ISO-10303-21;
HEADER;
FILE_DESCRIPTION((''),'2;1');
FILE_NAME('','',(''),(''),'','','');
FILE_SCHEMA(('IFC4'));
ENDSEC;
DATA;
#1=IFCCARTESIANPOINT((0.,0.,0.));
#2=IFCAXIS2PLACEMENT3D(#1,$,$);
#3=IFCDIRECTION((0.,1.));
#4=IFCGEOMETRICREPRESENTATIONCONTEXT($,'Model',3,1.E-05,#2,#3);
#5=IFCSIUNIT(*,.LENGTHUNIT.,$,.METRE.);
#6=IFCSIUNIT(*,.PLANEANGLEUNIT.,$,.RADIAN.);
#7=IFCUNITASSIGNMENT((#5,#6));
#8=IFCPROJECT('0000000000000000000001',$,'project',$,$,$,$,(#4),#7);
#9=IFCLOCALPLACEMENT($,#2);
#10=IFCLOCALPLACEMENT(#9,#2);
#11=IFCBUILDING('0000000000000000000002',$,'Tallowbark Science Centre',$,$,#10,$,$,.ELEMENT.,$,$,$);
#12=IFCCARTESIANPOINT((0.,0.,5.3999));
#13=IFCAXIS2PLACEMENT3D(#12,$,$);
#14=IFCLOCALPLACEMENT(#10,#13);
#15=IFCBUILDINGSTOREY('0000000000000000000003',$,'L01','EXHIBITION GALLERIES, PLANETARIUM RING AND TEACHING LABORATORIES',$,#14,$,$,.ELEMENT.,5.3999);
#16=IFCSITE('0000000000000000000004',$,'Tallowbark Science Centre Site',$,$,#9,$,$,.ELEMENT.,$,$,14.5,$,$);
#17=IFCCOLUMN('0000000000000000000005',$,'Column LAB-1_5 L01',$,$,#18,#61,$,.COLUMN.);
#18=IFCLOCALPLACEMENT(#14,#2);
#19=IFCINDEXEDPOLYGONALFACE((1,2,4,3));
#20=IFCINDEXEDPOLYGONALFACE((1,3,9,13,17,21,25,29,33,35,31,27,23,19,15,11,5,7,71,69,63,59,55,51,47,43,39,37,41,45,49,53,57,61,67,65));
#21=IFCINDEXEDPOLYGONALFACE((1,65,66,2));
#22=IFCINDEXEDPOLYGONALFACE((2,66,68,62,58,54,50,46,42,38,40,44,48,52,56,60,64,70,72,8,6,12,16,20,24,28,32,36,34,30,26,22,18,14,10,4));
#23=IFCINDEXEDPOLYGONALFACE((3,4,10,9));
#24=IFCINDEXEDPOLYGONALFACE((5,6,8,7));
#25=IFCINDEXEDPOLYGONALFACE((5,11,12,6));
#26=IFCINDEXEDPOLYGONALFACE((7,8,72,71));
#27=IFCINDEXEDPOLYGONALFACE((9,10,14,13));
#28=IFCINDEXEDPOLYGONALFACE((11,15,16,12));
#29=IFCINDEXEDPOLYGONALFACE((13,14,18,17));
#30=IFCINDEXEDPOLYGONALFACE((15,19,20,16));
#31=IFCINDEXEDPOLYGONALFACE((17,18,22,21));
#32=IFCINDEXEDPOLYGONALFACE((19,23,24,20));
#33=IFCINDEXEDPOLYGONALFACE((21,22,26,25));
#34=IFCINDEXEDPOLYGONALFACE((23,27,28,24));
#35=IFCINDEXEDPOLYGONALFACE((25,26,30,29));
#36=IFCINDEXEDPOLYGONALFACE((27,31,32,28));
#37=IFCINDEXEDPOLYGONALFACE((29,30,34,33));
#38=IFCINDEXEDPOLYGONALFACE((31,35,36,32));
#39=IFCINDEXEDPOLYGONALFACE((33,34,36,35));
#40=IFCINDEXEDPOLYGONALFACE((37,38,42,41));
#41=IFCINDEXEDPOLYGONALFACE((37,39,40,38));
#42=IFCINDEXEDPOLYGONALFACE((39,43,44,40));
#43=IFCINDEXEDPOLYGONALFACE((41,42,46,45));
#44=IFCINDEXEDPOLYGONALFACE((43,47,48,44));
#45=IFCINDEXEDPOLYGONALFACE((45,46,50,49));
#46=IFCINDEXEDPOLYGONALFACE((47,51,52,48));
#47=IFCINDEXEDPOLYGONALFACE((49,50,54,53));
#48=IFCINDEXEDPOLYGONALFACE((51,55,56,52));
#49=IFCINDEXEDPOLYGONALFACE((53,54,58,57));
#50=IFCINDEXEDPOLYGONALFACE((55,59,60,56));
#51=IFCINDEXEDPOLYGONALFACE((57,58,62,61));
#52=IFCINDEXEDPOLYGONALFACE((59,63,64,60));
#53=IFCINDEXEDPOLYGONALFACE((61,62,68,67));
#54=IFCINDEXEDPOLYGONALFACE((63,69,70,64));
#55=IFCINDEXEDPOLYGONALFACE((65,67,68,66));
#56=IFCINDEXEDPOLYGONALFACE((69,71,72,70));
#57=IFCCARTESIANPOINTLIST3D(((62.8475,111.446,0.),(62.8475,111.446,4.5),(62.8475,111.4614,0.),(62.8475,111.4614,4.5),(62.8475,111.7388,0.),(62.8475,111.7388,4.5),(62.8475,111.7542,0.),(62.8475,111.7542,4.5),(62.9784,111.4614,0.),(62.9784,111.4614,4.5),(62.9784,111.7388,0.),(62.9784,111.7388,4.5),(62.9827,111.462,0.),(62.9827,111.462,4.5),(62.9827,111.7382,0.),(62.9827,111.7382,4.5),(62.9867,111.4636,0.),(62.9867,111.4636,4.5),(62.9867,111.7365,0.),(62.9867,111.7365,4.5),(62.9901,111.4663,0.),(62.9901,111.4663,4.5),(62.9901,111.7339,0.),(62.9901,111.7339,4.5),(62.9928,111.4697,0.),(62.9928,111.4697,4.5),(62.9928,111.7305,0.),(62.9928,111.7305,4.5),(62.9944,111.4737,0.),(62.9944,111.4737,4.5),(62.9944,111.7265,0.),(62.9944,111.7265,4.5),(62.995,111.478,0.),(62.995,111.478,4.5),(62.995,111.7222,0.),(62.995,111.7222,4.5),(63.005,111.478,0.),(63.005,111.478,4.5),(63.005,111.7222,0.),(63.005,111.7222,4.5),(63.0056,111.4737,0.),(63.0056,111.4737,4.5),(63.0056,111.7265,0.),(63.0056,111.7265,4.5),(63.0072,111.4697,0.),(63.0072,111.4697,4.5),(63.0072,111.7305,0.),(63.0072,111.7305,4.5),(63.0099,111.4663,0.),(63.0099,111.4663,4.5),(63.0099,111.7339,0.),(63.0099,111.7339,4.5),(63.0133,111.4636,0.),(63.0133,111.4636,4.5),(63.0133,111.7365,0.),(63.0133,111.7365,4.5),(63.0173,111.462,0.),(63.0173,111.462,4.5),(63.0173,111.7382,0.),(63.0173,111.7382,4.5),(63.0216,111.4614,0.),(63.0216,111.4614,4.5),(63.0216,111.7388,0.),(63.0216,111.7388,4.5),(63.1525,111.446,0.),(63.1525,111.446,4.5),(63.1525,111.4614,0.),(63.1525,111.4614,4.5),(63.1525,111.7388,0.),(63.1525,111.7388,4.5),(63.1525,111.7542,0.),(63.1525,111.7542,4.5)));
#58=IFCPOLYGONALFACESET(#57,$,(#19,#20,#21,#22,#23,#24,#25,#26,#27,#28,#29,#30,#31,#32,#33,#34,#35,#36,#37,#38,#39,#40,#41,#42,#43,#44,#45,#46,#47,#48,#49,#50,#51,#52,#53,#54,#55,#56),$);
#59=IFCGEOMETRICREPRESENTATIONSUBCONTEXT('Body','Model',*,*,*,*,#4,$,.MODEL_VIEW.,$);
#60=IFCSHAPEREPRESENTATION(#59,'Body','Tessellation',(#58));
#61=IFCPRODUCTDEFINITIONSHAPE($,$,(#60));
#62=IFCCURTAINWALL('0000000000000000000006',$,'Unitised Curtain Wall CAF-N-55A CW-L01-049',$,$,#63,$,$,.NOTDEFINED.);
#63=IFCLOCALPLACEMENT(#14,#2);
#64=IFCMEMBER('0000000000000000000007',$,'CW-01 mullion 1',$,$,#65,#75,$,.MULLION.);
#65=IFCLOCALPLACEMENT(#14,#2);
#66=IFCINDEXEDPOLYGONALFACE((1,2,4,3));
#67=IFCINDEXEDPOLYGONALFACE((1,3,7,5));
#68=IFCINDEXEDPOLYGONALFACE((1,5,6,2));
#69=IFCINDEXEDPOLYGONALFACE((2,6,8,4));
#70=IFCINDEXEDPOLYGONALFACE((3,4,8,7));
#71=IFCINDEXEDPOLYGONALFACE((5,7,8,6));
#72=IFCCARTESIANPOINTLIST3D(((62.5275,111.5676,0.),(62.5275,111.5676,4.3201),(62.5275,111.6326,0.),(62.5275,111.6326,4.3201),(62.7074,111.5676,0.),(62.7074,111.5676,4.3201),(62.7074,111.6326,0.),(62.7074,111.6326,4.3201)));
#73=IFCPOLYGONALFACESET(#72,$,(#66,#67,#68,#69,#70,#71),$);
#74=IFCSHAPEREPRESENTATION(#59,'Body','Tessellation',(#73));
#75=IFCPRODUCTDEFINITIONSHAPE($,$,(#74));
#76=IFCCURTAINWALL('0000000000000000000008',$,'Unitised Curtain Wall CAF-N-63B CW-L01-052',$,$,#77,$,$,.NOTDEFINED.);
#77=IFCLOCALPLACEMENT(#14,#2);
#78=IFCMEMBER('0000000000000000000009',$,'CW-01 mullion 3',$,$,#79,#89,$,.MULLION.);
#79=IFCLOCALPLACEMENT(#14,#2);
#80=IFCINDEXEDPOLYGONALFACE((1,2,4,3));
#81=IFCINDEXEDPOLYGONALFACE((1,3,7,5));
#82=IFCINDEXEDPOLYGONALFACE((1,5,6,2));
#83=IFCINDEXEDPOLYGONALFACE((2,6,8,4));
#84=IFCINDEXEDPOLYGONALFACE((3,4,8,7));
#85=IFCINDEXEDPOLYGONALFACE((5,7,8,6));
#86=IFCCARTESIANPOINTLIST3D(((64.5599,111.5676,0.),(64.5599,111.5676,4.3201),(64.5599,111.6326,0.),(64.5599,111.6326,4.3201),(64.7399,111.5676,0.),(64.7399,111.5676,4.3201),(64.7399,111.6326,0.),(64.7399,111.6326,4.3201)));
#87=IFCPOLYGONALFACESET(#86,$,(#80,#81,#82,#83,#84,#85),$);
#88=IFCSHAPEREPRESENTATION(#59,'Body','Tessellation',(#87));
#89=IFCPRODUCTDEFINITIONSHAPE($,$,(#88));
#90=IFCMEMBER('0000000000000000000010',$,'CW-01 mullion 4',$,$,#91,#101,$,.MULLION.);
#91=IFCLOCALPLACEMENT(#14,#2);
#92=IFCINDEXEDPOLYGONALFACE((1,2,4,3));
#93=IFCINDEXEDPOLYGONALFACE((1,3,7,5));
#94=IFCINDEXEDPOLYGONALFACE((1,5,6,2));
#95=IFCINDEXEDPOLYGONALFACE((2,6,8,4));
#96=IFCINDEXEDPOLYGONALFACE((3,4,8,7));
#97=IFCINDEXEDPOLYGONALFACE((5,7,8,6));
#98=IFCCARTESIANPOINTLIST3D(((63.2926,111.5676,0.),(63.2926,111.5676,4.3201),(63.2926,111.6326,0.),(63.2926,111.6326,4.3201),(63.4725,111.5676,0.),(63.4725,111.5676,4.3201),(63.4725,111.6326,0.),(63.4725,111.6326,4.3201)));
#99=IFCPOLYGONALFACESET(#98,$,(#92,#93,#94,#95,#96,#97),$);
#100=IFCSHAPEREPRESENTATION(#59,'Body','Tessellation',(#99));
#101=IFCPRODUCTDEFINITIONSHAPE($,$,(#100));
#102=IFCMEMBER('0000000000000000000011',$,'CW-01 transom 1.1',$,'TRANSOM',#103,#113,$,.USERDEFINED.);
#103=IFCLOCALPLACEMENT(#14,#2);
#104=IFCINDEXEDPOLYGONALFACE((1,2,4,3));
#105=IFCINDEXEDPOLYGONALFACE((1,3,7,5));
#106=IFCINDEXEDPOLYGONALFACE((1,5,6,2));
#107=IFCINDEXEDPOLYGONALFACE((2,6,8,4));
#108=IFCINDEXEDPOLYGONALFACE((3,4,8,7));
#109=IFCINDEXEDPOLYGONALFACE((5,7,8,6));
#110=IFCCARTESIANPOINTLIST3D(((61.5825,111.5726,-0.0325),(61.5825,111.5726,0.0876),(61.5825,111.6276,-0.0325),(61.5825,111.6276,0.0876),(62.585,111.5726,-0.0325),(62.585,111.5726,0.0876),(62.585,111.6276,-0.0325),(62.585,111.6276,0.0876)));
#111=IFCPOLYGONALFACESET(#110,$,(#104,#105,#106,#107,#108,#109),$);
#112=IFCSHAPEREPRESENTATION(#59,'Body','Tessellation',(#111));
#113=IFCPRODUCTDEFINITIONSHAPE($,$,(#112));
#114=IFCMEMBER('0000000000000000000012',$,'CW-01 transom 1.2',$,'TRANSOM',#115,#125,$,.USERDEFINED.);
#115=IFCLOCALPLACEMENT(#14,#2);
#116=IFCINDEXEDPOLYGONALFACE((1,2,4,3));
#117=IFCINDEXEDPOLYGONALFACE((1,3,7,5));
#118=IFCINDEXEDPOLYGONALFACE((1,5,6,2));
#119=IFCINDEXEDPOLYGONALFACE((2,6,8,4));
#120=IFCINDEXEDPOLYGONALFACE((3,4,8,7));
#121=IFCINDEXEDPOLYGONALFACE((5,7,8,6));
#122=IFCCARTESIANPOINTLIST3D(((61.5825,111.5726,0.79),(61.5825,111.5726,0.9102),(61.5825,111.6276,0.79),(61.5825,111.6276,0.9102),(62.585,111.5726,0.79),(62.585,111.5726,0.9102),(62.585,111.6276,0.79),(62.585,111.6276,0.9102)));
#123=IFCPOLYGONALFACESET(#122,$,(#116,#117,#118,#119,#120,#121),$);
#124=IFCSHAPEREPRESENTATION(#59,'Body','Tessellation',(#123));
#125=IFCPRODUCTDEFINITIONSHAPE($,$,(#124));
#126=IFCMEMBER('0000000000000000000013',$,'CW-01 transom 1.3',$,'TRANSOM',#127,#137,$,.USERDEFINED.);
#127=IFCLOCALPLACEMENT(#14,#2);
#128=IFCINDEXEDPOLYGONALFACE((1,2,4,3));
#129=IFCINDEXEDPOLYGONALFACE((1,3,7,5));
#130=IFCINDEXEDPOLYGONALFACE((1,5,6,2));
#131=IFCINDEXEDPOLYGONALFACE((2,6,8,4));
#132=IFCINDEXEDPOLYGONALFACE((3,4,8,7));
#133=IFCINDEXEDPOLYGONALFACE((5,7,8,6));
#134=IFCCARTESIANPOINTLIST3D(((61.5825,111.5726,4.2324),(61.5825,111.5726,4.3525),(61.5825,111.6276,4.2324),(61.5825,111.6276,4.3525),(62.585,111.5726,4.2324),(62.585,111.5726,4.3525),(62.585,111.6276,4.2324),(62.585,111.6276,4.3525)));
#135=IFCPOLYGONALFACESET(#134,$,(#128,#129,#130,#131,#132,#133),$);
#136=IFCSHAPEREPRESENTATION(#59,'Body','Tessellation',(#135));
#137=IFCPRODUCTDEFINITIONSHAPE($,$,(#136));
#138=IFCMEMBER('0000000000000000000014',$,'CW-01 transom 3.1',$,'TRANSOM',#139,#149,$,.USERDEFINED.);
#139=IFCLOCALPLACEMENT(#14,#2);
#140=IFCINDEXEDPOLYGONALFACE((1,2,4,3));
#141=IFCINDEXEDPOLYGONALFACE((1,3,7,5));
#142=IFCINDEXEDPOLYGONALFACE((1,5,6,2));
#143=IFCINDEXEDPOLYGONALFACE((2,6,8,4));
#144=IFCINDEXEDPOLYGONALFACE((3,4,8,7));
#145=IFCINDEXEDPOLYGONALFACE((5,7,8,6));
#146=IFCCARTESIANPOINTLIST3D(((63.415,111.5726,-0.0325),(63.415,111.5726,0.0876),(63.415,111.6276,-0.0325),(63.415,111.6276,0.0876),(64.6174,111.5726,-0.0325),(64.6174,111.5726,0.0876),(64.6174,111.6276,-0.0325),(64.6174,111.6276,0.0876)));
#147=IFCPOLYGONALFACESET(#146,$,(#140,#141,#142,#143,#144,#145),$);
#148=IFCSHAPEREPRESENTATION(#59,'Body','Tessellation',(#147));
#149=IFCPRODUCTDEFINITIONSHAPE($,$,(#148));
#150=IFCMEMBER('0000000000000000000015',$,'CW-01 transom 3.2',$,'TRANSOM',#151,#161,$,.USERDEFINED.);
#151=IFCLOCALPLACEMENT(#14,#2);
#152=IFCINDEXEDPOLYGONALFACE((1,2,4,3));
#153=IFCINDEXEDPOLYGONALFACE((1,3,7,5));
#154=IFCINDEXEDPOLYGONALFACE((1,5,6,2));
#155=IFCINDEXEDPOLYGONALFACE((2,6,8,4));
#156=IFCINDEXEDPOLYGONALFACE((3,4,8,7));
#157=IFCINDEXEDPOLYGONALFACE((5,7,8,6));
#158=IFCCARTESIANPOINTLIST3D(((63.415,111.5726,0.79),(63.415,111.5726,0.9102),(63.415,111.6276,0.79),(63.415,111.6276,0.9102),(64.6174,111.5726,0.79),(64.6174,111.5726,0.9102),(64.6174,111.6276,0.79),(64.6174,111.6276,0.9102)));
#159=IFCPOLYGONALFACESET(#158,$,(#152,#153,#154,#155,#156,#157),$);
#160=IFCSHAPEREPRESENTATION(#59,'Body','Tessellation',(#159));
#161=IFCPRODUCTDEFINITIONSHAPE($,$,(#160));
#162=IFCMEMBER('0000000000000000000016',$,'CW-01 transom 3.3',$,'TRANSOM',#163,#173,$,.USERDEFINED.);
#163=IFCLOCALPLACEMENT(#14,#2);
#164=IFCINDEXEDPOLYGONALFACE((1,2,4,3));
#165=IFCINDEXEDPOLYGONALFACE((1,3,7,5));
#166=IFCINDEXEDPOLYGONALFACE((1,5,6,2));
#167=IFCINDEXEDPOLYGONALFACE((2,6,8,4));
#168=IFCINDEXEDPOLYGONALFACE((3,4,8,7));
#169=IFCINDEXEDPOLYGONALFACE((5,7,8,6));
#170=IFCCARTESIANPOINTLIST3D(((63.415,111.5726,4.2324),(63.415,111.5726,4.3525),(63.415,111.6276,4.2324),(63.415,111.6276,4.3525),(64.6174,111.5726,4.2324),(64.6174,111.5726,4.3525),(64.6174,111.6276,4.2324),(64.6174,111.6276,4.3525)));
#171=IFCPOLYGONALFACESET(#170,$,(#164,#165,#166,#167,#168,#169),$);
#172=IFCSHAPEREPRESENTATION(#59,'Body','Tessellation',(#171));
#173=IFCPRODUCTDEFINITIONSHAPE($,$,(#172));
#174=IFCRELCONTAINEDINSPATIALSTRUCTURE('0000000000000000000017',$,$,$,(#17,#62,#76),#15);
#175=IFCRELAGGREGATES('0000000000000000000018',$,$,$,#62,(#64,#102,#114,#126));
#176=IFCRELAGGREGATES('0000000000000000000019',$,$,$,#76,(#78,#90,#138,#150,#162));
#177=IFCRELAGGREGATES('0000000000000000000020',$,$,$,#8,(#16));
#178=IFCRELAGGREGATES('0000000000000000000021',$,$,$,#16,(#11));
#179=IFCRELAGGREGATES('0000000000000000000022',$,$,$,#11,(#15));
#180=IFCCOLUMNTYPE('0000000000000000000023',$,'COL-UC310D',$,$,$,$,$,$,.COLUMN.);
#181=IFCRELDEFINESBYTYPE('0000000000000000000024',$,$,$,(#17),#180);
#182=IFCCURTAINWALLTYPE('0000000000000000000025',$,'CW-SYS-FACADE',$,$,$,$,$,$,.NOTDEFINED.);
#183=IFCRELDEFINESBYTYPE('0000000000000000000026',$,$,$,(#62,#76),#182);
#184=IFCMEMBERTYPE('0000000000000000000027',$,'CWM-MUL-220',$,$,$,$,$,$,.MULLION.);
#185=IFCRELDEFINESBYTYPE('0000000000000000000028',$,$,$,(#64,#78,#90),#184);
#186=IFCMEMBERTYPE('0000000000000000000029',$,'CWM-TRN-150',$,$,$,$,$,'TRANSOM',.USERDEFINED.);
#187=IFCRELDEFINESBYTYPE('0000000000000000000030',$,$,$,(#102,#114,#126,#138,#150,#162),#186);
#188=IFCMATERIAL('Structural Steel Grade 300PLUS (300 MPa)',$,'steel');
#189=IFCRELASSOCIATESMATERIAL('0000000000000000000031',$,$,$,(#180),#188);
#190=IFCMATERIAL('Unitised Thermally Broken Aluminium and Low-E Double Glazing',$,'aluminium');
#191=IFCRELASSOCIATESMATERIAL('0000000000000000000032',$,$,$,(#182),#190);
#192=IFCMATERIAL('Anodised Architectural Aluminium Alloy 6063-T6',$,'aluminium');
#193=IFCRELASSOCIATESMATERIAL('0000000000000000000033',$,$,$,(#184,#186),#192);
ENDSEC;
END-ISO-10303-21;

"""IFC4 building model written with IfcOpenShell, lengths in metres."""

from ifc_helpers import new_model, si_unit, direction, frame, origin, origin_2d, place, context, subcontext, project, spatial, rectangle, i_section, extrude, material, material_profile, profile_set, type_object, element, aggregate, save


model = new_model("IFC4")

# Units and contexts
model_context = context("Model", 3, precision=1e-05, world=origin(), true_north=direction((0.0, 1.0)))
body_context = subcontext(model_context, "Body", "Model", "MODEL_VIEW")
ifc_project = project(units=[si_unit("LENGTHUNIT", "METRE"), si_unit("PLANEANGLEUNIT", "RADIAN")], contexts=[model_context])

# Site, building, storey
site_placement = place(None, origin())
site = spatial("IfcSite", under=ifc_project, at=site_placement, Name="Tallowbark Science Centre Site", CompositionType="ELEMENT", RefElevation=14.5)
building_placement = place(site_placement, origin())
building = spatial("IfcBuilding", under=site, at=building_placement, Name="Tallowbark Science Centre", CompositionType="ELEMENT")
storey_placement = place(building_placement, frame((0.0, 0.0, 5.3999)))
storey = spatial("IfcBuildingStorey", under=building, at=storey_placement, Name="L01", Description="EXHIBITION GALLERIES, PLANETARIUM RING AND TEACHING LABORATORIES", CompositionType="ELEMENT", Elevation=5.3999)

# Column
ifc_material_1 = material(Name="Structural Steel Grade 300PLUS (300 MPa)", Category="steel")
ifc_material_profile_1 = material_profile(ifc_material_1, i_section(OverallWidth=0.3049, OverallDepth=0.3081, WebThickness=0.01, FlangeThickness=0.0154, FilletRadius=0.0166, at=origin_2d()), Name="310UC96.8")
ifc_profile_set_1 = profile_set([ifc_material_profile_1], Name="Structural Steel Grade 300PLUS (300 MPa)")
column_type = type_object("IfcColumnType", Name="COL-UC310D", PredefinedType="COLUMN", material=ifc_profile_set_1)
column_placement = place(storey_placement, frame((63.0, 111.6001, 0.0), z_axis=(0.0, 0.0, 1.0), x_axis=(1.0, 0.0, 0.0)))
element("IfcColumn", 1, at=column_placement, inside=storey, type_object=column_type, Name="Column LAB-1_5 L01", PredefinedType="COLUMN", context=body_context, shape_type="SweptSolid", body=[
    extrude(i_section(OverallWidth=0.3049, OverallDepth=0.3081, WebThickness=0.01, FlangeThickness=0.0154, FilletRadius=0.0166, at=origin_2d()), origin(), (0.0, 0.0, 1.0), 4.5),
])

# Curtain wall, member
ifc_material_2 = material(Name="Unitised Thermally Broken Aluminium and Low-E Double Glazing", Category="aluminium")
curtain_wall_type = type_object("IfcCurtainWallType", Name="CW-SYS-FACADE", PredefinedType="NOTDEFINED", material=ifc_material_2)
curtain_wall_1_placement = place(storey_placement, origin())
curtain_wall_1 = element("IfcCurtainWall", 2, at=curtain_wall_1_placement, inside=storey, type_object=curtain_wall_type, Name="Unitised Curtain Wall CAF-N-55A CW-L01-049", PredefinedType="NOTDEFINED")
ifc_material_3 = material(Name="Anodised Architectural Aluminium Alloy 6063-T6", Category="aluminium")
ifc_material_profile_2 = material_profile(ifc_material_3, rectangle(XDim=0.0649, YDim=0.1799, at=origin_2d()), Name="ALU65x180")
ifc_profile_set_2 = profile_set([ifc_material_profile_2], Name="Anodised Architectural Aluminium Alloy 6063-T6")
member_type_1 = type_object("IfcMemberType", Name="CWM-MUL-220", PredefinedType="MULLION", material=ifc_profile_set_2)
member_1_placement = place(storey_placement, frame((62.6174, 111.6001, 0.0), z_axis=(0.0, 0.0, 1.0), x_axis=(0.0, -1.0, 0.0)))
member_1 = element("IfcMember", 3, at=member_1_placement, type_object=member_type_1, Name="CW-01 mullion 1", PredefinedType="MULLION", context=body_context, shape_type="SweptSolid", body=[
    extrude(rectangle(XDim=0.0649, YDim=0.1799, at=origin_2d()), origin(), (0.0, 0.0, 1.0), 4.3201),
])

# Curtain wall, members
curtain_wall_2_placement = place(storey_placement, origin())
curtain_wall_2 = element("IfcCurtainWall", 4, at=curtain_wall_2_placement, inside=storey, type_object=curtain_wall_type, Name="Unitised Curtain Wall CAF-N-63B CW-L01-052", PredefinedType="NOTDEFINED")
member_2_placement = place(storey_placement, frame((64.6499, 111.6001, 0.0), z_axis=(0.0, 0.0, 1.0), x_axis=(0.0, -1.0, 0.0)))
member_2 = element("IfcMember", 5, at=member_2_placement, type_object=member_type_1, Name="CW-01 mullion 3", PredefinedType="MULLION", context=body_context, shape_type="SweptSolid", body=[
    extrude(rectangle(XDim=0.0649, YDim=0.1799, at=origin_2d()), origin(), (0.0, 0.0, 1.0), 4.3201),
])
member_3_placement = place(storey_placement, frame((63.3826, 111.6001, 0.0), z_axis=(0.0, 0.0, 1.0), x_axis=(0.0, -1.0, 0.0)))
member_3 = element("IfcMember", 6, at=member_3_placement, type_object=member_type_1, Name="CW-01 mullion 4", PredefinedType="MULLION", context=body_context, shape_type="SweptSolid", body=[
    extrude(rectangle(XDim=0.0649, YDim=0.1799, at=origin_2d()), origin(), (0.0, 0.0, 1.0), 4.3201),
])

# Members
ifc_material_profile_3 = material_profile(ifc_material_3, rectangle(XDim=0.0549, YDim=0.1201, at=origin_2d()), Name="ALU55x120")
ifc_profile_set_3 = profile_set([ifc_material_profile_3], Name="Anodised Architectural Aluminium Alloy 6063-T6")
member_type_2 = type_object("IfcMemberType", Name="CWM-TRN-150", ElementType="TRANSOM", PredefinedType="USERDEFINED", material=ifc_profile_set_3)
member_4_placement = place(storey_placement, frame((62.585, 111.6001, 0.0276), z_axis=(-1.0, 0.0, 0.0), x_axis=(0.0, -1.0, 0.0)))
member_4 = element("IfcMember", 7, at=member_4_placement, type_object=member_type_2, Name="CW-01 transom 1.1", ObjectType="TRANSOM", PredefinedType="USERDEFINED", context=body_context, shape_type="SweptSolid", body=[
    extrude(rectangle(XDim=0.0549, YDim=0.1201, at=origin_2d()), origin(), (0.0, 0.0, 1.0), 1.0024),
])
member_5_placement = place(storey_placement, frame((62.585, 111.6001, 0.8501), z_axis=(-1.0, 0.0, 0.0), x_axis=(0.0, -1.0, 0.0)))
member_5 = element("IfcMember", 8, at=member_5_placement, type_object=member_type_2, Name="CW-01 transom 1.2", ObjectType="TRANSOM", PredefinedType="USERDEFINED", context=body_context, shape_type="SweptSolid", body=[
    extrude(rectangle(XDim=0.0549, YDim=0.1201, at=origin_2d()), origin(), (0.0, 0.0, 1.0), 1.0024),
])
member_6_placement = place(storey_placement, frame((62.585, 111.6001, 4.2925), z_axis=(-1.0, 0.0, 0.0), x_axis=(0.0, -1.0, 0.0)))
member_6 = element("IfcMember", 9, at=member_6_placement, type_object=member_type_2, Name="CW-01 transom 1.3", ObjectType="TRANSOM", PredefinedType="USERDEFINED", context=body_context, shape_type="SweptSolid", body=[
    extrude(rectangle(XDim=0.0549, YDim=0.1201, at=origin_2d()), origin(), (0.0, 0.0, 1.0), 1.0024),
])
member_7_placement = place(storey_placement, frame((64.6174, 111.6001, 0.0276), z_axis=(-1.0, 0.0, 0.0), x_axis=(0.0, -1.0, 0.0)))
member_7 = element("IfcMember", 10, at=member_7_placement, type_object=member_type_2, Name="CW-01 transom 3.1", ObjectType="TRANSOM", PredefinedType="USERDEFINED", context=body_context, shape_type="SweptSolid", body=[
    extrude(rectangle(XDim=0.0549, YDim=0.1201, at=origin_2d()), origin(), (0.0, 0.0, 1.0), 1.2024),
])
member_8_placement = place(storey_placement, frame((64.6174, 111.6001, 0.8501), z_axis=(-1.0, 0.0, 0.0), x_axis=(0.0, -1.0, 0.0)))
member_8 = element("IfcMember", 11, at=member_8_placement, type_object=member_type_2, Name="CW-01 transom 3.2", ObjectType="TRANSOM", PredefinedType="USERDEFINED", context=body_context, shape_type="SweptSolid", body=[
    extrude(rectangle(XDim=0.0549, YDim=0.1201, at=origin_2d()), origin(), (0.0, 0.0, 1.0), 1.2024),
])
member_9_placement = place(storey_placement, frame((64.6174, 111.6001, 4.2925), z_axis=(-1.0, 0.0, 0.0), x_axis=(0.0, -1.0, 0.0)))
member_9 = element("IfcMember", 12, at=member_9_placement, type_object=member_type_2, Name="CW-01 transom 3.3", ObjectType="TRANSOM", PredefinedType="USERDEFINED", context=body_context, shape_type="SweptSolid", body=[
    extrude(rectangle(XDim=0.0549, YDim=0.1201, at=origin_2d()), origin(), (0.0, 0.0, 1.0), 1.2024),
])

aggregate(curtain_wall_1, [member_1, member_4, member_5, member_6])
aggregate(curtain_wall_2, [member_2, member_3, member_7, member_8, member_9])

save(model, "model.ifc")
